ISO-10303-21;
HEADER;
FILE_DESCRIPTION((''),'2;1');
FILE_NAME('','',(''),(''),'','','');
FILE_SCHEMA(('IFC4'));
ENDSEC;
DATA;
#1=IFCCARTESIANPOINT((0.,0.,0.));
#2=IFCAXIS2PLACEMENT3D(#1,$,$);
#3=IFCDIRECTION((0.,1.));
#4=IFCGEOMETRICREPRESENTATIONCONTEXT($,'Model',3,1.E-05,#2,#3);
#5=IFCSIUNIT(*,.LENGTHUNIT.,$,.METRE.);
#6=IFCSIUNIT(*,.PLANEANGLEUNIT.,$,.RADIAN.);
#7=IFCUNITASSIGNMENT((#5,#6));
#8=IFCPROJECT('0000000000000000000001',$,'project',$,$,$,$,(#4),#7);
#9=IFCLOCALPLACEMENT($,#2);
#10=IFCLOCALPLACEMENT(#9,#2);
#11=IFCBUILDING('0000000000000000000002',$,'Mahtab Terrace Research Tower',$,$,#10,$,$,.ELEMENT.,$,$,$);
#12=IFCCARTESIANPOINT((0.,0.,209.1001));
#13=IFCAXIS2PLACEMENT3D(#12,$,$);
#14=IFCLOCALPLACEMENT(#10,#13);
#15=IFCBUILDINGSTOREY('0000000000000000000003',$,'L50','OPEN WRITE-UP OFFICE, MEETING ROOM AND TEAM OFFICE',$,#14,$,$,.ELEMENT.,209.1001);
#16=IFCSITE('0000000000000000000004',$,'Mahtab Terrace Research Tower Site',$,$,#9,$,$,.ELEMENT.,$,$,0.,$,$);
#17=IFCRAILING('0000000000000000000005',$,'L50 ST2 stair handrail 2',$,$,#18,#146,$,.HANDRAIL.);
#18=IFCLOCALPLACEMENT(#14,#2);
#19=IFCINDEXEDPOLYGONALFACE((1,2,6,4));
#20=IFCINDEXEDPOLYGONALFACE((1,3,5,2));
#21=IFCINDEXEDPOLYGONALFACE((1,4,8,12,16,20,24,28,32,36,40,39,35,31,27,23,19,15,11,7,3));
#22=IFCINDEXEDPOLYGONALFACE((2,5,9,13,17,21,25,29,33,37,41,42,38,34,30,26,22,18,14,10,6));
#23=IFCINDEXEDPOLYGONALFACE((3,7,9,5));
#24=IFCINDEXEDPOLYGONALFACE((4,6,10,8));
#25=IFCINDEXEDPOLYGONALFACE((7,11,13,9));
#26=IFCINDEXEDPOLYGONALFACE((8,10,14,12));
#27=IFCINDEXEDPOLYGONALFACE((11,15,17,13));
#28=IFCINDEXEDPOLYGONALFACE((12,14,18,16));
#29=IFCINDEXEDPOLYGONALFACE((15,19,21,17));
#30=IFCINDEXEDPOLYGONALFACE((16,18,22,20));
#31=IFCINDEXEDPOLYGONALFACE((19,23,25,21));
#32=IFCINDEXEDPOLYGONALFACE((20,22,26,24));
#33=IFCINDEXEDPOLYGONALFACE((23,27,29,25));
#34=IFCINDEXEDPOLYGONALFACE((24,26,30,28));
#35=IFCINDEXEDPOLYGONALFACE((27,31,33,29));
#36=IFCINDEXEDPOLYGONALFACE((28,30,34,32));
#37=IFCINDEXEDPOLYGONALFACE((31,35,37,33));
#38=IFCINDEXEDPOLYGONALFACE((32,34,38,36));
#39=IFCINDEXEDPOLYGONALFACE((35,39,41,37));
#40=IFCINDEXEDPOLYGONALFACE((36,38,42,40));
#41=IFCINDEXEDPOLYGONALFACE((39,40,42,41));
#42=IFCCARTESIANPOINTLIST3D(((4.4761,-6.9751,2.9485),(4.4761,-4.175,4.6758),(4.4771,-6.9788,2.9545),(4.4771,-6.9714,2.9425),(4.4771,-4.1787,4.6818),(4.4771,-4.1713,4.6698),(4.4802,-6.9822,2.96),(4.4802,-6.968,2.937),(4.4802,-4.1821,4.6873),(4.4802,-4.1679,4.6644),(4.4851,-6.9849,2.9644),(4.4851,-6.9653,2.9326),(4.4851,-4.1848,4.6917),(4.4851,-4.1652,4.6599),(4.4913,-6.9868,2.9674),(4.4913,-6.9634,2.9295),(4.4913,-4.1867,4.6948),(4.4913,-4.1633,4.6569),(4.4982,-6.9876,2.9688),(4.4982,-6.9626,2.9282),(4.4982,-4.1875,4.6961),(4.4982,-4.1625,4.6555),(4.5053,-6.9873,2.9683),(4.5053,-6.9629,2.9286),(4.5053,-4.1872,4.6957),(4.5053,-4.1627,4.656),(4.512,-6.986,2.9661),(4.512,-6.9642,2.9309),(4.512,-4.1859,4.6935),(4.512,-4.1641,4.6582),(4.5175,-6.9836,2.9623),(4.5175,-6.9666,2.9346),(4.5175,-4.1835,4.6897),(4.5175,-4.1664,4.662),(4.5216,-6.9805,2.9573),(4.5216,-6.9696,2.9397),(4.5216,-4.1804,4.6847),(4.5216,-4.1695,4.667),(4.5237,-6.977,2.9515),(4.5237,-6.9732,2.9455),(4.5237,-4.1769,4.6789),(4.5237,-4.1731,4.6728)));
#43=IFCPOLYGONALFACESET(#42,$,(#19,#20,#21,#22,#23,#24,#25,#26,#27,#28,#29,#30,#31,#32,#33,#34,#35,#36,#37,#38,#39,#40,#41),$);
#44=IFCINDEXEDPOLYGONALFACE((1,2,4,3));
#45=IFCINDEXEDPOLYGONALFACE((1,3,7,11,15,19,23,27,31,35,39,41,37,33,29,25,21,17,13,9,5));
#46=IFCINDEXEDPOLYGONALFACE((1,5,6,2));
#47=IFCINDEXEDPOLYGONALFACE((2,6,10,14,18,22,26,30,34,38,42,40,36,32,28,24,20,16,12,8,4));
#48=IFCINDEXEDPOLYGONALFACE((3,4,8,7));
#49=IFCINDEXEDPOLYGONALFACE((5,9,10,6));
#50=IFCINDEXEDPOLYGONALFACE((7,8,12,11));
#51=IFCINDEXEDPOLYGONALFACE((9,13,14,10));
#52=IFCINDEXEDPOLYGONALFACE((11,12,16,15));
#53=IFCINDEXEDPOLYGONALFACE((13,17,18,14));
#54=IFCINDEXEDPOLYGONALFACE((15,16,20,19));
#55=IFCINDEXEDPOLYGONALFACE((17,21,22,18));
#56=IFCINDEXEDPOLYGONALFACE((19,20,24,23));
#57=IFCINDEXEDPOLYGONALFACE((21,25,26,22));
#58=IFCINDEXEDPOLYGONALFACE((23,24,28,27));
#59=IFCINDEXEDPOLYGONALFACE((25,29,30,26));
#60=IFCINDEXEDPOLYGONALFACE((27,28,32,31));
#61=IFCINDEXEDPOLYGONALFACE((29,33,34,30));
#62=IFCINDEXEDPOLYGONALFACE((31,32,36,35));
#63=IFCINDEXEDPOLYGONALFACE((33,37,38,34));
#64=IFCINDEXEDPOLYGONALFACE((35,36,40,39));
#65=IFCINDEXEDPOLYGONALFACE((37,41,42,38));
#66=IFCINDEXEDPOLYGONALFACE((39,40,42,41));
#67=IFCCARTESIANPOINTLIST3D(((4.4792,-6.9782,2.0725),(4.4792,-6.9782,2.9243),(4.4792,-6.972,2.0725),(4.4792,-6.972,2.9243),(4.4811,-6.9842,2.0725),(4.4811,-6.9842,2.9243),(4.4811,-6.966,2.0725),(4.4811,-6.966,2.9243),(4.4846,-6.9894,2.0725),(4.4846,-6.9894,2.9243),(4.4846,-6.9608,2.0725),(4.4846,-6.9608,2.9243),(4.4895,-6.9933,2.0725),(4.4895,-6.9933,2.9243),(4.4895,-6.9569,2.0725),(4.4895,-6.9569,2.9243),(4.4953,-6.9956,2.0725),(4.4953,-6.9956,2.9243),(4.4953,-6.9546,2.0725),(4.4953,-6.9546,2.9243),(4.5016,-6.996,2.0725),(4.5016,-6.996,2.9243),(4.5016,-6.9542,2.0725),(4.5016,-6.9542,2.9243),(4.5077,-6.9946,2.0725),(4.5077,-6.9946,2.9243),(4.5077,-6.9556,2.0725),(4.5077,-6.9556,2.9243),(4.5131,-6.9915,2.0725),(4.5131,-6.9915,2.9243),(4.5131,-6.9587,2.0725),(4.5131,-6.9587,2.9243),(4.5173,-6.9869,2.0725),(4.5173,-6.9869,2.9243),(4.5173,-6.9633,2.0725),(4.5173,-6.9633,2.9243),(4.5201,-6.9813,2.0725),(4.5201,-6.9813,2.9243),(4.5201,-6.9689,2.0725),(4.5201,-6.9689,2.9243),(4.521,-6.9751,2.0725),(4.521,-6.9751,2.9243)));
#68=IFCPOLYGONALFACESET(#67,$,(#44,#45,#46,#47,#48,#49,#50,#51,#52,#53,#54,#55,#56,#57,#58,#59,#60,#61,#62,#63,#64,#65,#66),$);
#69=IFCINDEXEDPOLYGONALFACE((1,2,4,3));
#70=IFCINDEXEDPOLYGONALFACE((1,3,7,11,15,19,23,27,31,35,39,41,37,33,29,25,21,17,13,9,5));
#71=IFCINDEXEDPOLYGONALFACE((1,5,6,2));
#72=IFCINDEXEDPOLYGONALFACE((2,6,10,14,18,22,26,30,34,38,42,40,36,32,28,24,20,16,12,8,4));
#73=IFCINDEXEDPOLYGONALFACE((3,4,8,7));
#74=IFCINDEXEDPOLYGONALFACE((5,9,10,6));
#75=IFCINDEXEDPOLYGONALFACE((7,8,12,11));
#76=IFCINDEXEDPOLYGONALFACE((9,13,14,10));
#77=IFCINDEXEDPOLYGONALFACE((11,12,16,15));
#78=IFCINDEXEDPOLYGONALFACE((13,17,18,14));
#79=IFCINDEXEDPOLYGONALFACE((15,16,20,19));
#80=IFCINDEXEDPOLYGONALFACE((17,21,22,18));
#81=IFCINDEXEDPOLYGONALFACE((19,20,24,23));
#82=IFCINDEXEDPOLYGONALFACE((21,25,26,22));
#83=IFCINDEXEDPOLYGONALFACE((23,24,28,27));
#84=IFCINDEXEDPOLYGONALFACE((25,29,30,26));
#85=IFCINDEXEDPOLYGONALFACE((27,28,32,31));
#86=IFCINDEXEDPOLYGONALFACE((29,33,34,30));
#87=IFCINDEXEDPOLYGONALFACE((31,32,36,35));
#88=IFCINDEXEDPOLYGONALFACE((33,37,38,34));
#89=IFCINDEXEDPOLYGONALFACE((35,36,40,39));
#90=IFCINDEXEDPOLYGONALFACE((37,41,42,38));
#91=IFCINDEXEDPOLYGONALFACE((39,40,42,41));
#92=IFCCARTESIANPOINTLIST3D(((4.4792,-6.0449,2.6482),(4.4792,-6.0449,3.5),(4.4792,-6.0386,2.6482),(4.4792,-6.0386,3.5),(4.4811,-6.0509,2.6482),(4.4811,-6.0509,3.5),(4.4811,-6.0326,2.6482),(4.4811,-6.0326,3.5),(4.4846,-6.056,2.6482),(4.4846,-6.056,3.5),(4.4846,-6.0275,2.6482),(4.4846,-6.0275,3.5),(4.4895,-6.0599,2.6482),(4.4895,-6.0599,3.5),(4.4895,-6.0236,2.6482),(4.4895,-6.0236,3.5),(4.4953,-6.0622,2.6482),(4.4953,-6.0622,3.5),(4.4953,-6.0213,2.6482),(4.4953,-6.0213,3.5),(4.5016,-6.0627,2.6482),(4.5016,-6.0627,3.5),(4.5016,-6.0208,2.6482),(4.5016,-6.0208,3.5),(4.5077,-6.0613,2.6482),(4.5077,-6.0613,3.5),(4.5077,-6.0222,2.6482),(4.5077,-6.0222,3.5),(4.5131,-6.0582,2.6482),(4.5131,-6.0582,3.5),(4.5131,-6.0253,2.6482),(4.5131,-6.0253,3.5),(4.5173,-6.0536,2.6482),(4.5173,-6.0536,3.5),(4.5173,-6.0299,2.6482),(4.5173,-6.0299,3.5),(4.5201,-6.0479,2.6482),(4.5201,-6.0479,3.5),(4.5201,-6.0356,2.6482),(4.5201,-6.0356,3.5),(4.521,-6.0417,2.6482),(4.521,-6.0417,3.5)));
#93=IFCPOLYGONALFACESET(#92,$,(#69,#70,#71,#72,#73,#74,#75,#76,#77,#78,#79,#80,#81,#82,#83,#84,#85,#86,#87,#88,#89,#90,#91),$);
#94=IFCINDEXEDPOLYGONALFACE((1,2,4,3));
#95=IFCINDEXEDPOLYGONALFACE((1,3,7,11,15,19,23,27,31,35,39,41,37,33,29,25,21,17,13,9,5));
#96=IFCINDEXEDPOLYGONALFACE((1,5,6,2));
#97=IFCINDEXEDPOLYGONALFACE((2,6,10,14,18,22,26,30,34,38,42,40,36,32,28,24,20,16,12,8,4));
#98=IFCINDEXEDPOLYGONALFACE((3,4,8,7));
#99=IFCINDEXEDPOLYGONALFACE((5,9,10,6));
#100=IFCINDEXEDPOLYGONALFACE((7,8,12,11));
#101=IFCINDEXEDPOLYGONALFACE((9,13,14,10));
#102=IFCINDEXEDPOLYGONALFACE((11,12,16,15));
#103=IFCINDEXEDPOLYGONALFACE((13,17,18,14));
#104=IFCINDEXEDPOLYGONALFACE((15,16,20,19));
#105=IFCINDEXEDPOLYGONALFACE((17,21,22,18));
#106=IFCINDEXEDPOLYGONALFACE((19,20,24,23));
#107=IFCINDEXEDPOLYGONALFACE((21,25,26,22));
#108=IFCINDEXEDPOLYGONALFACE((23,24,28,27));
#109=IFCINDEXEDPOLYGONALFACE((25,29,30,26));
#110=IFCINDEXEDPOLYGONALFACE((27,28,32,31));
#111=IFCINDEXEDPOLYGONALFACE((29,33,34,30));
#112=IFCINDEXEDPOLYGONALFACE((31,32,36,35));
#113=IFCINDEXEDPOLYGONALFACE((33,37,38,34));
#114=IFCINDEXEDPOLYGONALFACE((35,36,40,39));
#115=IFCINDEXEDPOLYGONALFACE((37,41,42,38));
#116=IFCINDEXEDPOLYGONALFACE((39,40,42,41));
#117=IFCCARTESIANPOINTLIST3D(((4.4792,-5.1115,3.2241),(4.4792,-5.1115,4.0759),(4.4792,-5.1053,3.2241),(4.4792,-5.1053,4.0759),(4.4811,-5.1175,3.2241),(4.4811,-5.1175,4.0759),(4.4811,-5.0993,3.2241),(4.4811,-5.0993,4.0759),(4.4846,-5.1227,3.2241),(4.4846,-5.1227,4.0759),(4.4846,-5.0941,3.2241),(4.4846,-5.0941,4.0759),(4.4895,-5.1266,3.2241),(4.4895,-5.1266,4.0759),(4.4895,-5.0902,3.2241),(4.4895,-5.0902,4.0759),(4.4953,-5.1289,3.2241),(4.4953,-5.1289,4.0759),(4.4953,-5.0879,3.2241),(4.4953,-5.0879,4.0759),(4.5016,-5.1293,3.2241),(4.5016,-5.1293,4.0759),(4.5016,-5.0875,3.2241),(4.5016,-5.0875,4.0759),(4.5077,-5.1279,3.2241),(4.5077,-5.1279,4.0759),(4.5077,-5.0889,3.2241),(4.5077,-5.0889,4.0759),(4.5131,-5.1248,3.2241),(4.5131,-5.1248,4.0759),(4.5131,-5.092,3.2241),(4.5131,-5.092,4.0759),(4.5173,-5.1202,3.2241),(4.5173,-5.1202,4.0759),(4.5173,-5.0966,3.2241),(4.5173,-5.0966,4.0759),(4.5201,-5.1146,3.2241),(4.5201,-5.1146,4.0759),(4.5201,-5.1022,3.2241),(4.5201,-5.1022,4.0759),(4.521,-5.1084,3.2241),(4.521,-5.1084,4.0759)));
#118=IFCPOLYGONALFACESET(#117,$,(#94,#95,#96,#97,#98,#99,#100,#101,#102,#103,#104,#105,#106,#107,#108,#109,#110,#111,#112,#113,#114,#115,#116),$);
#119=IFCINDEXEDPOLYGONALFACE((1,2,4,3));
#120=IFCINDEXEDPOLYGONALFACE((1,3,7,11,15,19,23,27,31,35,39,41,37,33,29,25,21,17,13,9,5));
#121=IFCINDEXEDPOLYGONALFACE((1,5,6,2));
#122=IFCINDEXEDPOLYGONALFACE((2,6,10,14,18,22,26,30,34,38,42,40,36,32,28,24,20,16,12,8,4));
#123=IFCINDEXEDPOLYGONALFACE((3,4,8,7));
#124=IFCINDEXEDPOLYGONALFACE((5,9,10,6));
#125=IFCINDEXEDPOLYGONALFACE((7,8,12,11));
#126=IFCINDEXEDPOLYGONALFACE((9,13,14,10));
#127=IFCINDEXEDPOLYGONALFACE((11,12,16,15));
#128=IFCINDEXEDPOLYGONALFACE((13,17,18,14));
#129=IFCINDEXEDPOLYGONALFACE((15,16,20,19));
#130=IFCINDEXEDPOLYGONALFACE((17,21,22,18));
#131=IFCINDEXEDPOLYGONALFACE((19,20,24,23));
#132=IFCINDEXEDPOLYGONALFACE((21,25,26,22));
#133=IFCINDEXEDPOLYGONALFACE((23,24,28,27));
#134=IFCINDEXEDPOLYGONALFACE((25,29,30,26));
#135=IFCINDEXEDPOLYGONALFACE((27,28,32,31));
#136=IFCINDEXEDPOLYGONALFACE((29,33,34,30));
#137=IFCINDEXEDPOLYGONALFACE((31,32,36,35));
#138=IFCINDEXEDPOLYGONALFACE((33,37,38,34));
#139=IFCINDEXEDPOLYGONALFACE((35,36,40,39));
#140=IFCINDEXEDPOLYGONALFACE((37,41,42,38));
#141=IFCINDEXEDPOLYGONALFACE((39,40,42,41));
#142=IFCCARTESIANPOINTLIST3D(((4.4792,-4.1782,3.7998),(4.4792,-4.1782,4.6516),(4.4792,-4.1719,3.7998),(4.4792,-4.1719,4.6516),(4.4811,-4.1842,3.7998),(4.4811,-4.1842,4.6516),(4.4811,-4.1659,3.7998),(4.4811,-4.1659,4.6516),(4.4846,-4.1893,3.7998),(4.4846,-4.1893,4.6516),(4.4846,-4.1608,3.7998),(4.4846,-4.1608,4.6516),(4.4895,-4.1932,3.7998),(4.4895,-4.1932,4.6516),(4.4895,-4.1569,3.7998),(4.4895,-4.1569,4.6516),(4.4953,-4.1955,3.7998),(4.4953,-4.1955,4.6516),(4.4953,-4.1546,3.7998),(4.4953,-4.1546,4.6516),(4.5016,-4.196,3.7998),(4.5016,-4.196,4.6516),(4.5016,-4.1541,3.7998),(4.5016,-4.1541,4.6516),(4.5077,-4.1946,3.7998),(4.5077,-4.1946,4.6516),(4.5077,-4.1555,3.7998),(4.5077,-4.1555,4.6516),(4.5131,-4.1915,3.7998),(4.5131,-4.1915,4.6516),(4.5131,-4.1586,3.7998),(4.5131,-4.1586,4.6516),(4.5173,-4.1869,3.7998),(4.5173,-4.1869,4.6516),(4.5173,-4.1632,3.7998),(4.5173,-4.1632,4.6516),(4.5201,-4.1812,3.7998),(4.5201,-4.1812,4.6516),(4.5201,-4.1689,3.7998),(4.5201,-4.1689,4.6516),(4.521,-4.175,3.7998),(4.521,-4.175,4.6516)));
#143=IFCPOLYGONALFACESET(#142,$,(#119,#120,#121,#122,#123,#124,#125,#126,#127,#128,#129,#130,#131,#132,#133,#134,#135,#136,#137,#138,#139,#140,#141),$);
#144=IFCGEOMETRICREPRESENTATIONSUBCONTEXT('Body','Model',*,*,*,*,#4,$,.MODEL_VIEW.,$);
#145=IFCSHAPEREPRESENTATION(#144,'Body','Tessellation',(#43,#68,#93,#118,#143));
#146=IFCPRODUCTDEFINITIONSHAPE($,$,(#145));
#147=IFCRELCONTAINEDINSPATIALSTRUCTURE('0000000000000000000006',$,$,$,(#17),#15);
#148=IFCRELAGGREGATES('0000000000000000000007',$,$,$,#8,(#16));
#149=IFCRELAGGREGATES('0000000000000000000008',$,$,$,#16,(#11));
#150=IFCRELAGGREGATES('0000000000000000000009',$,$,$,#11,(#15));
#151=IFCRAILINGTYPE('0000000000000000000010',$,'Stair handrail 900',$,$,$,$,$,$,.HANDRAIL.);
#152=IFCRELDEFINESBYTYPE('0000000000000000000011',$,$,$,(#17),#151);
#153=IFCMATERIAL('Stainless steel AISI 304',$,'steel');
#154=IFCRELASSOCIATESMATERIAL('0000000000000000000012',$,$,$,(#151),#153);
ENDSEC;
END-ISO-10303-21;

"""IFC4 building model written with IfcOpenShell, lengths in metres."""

from ifc_helpers import new_model, si_unit, direction, frame, origin, origin_2d, place, context, subcontext, project, spatial, circle, extrude, material, type_object, element, save


model = new_model("IFC4")

# Units and contexts
model_context = context("Model", 3, precision=1e-05, world=origin(), true_north=direction((0.0, 1.0)))
body_context = subcontext(model_context, "Body", "Model", "MODEL_VIEW")
ifc_project = project(units=[si_unit("LENGTHUNIT", "METRE"), si_unit("PLANEANGLEUNIT", "RADIAN")], contexts=[model_context])

# Site, building, storey
site_placement = place(None, origin())
site = spatial("IfcSite", under=ifc_project, at=site_placement, Name="Mahtab Terrace Research Tower Site", CompositionType="ELEMENT", RefElevation=0.0)
building_placement = place(site_placement, origin())
building = spatial("IfcBuilding", under=site, at=building_placement, Name="Mahtab Terrace Research Tower", CompositionType="ELEMENT")
storey_placement = place(building_placement, frame((0.0, 0.0, 209.1001)))
storey = spatial("IfcBuildingStorey", under=building, at=storey_placement, Name="L50", Description="OPEN WRITE-UP OFFICE, MEETING ROOM AND TEAM OFFICE", CompositionType="ELEMENT", Elevation=209.1001)

# Railing
ifc_material_1 = material(Name="Stainless steel AISI 304", Category="steel")
railing_type_1 = type_object("IfcRailingType", Name="Stair handrail 900", PredefinedType="HANDRAIL", material=ifc_material_1)
railing_1_placement = place(storey_placement, frame((4.5, -6.9751, 2.0725)))
element("IfcRailing", 1, at=railing_1_placement, inside=storey, type_object=railing_type_1, Name="L50 ST2 stair handrail 2", PredefinedType="HANDRAIL", context=body_context, shape_type="SweptSolid", body=[
    extrude(circle(Radius=0.0239, at=origin_2d()), frame((0.0, 0.0, 0.876), z_axis=(0.0, 0.85109, 0.52502), x_axis=(-1.0, 0.0, 0.0)), (0.0, 0.0, 1.0), 3.29),
    extrude(circle(Radius=0.021, at=origin_2d()), origin(), (0.0, 0.0, 1.0), 0.8518),
    extrude(circle(Radius=0.021, at=origin_2d()), frame((0.0, 0.9333, 0.5757)), (0.0, 0.0, 1.0), 0.8518),
    extrude(circle(Radius=0.021, at=origin_2d()), frame((0.0, 1.8667, 1.1516)), (0.0, 0.0, 1.0), 0.8518),
    extrude(circle(Radius=0.021, at=origin_2d()), frame((0.0, 2.8, 1.7273)), (0.0, 0.0, 1.0), 0.8518),
])

save(model, "model.ifc")
